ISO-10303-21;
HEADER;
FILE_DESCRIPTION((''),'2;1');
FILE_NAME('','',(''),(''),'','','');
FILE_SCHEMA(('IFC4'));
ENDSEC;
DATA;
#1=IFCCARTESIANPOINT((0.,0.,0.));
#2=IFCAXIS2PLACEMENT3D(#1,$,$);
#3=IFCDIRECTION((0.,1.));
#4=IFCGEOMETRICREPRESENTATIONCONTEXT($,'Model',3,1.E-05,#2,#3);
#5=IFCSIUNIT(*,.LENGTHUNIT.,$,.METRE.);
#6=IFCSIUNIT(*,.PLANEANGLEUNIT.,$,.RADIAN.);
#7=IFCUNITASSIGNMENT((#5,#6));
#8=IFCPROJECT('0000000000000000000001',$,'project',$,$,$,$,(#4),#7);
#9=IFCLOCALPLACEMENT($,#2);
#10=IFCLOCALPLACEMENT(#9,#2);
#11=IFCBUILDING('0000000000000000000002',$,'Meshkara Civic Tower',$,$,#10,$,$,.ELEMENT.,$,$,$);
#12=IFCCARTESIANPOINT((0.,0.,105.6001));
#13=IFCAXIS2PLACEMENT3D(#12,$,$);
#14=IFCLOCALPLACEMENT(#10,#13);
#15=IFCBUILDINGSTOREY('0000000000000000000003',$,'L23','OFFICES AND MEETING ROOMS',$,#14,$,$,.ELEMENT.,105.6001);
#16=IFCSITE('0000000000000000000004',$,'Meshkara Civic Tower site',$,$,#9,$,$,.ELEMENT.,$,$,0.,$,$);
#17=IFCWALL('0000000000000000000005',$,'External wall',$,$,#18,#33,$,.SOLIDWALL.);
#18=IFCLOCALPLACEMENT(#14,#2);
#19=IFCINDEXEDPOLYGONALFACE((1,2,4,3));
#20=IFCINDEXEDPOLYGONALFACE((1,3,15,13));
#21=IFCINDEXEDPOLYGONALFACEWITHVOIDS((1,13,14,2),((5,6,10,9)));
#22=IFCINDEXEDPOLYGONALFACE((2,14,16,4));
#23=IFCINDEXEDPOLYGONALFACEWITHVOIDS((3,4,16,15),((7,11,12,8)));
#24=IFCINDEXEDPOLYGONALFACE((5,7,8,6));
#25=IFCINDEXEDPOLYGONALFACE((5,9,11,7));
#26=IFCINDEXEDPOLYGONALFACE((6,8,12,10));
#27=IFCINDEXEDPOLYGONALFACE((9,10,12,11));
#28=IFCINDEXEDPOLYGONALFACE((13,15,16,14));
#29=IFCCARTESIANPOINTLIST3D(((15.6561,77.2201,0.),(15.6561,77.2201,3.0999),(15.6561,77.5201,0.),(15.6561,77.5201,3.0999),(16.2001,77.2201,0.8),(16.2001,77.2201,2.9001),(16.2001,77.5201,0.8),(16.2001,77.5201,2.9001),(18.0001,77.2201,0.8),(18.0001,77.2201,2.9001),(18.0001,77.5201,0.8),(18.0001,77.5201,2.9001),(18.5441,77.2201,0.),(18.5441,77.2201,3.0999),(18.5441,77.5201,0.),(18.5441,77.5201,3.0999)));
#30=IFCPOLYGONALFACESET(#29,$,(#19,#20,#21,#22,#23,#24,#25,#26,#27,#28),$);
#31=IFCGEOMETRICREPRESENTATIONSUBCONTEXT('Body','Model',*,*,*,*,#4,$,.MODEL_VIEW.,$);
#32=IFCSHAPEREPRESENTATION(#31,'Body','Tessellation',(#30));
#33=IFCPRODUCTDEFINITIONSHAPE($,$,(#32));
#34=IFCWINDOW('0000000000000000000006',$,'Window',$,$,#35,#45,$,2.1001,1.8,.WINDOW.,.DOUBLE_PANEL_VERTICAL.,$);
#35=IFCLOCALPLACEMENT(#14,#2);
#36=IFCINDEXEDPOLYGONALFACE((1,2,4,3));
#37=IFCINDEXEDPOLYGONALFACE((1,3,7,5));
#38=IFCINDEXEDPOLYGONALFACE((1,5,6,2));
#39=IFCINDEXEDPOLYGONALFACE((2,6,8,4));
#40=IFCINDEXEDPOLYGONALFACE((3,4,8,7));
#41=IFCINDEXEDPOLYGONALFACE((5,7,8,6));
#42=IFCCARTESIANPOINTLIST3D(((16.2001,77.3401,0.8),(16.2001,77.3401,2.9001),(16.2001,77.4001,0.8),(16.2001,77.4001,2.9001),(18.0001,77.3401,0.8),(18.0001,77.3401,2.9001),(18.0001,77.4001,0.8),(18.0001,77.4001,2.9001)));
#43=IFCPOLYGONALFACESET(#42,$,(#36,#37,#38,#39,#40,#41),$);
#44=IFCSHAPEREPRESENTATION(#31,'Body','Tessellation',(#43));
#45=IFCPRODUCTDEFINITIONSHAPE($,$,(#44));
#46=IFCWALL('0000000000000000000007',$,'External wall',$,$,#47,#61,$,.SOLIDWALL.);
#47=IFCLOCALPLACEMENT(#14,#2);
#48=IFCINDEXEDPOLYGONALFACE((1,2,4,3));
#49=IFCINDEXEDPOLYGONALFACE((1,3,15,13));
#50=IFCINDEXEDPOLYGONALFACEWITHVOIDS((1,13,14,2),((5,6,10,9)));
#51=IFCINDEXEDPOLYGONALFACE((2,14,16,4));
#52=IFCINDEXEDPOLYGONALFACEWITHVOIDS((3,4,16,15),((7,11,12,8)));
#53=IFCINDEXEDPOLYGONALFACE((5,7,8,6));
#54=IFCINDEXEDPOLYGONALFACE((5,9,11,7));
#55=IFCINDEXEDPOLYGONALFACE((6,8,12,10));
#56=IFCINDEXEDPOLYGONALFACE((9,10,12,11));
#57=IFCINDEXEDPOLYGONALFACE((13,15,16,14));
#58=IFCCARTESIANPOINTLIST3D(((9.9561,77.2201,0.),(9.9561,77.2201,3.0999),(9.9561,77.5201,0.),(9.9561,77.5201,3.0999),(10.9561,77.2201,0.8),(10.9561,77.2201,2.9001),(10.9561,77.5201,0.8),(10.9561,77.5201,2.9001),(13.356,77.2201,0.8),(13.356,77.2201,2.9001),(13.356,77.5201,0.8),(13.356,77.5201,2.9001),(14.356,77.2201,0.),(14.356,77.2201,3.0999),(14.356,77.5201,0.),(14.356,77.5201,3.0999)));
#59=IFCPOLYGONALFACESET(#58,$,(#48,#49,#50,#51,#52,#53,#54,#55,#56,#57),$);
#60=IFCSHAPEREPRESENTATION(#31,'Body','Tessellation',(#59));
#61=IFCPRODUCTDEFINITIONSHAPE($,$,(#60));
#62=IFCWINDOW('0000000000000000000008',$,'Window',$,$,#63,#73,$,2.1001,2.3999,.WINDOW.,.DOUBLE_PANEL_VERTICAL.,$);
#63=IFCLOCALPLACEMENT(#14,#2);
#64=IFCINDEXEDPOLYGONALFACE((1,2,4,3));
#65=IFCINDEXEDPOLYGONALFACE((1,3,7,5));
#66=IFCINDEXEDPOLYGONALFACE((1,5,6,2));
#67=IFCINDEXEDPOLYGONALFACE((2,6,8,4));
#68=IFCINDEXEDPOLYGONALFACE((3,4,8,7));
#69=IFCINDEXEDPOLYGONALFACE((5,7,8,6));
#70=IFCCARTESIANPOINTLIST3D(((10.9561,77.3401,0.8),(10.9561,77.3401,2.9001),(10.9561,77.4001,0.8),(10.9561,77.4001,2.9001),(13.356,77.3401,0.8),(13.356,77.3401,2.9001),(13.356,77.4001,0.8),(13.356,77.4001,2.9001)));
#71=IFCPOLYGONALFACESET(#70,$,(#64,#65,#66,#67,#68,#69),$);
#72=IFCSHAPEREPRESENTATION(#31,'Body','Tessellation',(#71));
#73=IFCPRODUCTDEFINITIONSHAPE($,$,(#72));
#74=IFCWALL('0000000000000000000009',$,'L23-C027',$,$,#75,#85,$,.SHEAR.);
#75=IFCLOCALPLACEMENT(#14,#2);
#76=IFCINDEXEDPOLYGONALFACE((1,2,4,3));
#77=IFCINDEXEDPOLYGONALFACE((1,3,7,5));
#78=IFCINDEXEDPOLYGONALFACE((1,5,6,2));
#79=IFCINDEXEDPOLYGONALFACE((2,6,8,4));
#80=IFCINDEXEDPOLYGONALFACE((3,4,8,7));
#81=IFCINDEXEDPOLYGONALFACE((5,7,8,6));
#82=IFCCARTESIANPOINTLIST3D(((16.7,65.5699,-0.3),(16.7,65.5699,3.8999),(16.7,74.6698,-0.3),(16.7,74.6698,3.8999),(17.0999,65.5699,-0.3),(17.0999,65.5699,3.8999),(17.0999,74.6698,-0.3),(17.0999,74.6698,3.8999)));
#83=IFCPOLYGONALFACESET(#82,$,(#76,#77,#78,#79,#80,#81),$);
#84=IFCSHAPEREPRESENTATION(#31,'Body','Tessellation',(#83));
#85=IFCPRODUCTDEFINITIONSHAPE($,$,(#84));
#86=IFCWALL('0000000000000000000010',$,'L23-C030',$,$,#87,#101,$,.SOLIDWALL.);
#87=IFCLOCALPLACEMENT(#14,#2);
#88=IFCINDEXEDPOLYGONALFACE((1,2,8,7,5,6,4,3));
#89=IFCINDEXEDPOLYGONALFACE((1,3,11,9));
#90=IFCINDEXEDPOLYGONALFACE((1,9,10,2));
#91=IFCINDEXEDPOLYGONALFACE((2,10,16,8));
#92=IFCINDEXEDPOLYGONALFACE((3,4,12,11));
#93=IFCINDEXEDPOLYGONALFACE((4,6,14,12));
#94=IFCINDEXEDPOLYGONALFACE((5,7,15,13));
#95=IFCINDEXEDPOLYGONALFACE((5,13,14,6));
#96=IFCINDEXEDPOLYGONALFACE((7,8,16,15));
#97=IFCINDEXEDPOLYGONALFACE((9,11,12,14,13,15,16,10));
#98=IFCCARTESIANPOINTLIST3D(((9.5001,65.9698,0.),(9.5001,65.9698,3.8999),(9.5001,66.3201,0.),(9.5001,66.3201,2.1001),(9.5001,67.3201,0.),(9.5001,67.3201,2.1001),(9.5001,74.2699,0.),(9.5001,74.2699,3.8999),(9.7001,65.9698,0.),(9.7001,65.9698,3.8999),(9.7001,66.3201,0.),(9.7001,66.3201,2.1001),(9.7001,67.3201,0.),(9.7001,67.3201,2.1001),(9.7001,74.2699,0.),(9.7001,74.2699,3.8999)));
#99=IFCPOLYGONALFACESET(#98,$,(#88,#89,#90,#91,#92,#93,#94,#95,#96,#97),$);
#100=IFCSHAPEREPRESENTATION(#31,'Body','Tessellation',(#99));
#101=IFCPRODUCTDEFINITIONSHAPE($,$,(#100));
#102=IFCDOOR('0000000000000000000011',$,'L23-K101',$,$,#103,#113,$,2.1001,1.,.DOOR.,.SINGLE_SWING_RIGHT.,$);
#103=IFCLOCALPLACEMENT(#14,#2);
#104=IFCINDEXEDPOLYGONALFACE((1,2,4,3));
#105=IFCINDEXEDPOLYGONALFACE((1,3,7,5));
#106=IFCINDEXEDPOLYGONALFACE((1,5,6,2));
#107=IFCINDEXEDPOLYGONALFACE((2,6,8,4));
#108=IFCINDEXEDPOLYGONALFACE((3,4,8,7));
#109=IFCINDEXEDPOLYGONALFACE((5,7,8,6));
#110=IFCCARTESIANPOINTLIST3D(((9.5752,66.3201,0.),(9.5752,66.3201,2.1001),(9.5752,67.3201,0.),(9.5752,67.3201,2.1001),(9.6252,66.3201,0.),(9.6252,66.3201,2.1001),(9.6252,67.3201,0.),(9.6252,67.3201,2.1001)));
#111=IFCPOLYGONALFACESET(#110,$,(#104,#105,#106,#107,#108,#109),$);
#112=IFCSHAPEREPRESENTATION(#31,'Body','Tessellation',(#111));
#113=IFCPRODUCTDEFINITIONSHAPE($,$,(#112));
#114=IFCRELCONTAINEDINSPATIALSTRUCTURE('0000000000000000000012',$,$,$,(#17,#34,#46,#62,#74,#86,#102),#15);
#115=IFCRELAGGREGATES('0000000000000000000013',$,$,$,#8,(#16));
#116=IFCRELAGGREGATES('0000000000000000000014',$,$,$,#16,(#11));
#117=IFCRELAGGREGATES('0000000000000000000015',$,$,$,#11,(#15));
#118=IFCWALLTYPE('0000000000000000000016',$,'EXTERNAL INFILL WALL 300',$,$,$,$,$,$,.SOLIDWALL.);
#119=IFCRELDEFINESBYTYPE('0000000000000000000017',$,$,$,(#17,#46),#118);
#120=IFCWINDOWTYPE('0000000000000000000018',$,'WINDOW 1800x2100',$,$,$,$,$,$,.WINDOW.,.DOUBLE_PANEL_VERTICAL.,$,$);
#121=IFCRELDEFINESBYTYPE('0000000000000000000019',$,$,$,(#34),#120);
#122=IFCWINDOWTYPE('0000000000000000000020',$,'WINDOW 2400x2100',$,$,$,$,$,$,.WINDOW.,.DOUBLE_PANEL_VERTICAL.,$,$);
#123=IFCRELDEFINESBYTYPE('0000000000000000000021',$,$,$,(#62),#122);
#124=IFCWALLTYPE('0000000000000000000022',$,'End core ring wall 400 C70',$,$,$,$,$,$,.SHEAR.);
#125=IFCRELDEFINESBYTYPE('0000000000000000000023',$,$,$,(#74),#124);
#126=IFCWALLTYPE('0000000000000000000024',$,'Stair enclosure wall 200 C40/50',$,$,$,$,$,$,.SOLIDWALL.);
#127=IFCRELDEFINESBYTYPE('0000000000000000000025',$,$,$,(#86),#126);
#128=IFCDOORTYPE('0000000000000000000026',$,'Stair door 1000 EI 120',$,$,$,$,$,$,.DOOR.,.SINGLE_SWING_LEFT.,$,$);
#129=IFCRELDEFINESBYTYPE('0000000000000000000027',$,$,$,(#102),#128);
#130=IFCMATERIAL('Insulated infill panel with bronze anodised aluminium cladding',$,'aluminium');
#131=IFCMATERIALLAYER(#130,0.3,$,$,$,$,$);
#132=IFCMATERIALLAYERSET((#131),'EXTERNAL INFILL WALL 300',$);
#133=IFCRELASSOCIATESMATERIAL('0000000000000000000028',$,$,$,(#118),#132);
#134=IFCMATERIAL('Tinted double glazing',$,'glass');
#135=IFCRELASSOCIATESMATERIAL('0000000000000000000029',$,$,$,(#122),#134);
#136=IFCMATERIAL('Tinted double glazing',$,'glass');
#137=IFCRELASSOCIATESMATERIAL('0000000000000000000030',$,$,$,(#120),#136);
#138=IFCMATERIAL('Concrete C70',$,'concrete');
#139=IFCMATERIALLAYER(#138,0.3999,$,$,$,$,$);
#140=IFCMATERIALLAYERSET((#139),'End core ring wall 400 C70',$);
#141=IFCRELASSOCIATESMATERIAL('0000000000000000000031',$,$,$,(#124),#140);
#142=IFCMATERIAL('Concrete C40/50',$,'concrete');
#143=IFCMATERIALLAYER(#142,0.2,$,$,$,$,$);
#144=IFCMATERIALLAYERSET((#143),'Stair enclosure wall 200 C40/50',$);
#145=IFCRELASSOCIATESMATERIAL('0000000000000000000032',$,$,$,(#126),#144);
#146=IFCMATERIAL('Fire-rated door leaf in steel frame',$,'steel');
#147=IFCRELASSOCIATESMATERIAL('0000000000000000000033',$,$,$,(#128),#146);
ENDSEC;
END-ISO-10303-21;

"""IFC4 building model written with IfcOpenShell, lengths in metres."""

from ifc_helpers import new_model, si_unit, direction, frame, frame_2d, origin, place, context, subcontext, project, spatial, rectangle, extrude, material, layer, layer_set, type_object, element, fill, save


model = new_model("IFC4")

# Units and contexts
model_context = context("Model", 3, precision=1e-05, world=origin(), true_north=direction((0.0, 1.0)))
body_context = subcontext(model_context, "Body", "Model", "MODEL_VIEW")
ifc_project = project(units=[si_unit("LENGTHUNIT", "METRE"), si_unit("PLANEANGLEUNIT", "RADIAN")], contexts=[model_context])

# Site, building, storey
site_placement = place(None, origin())
site = spatial("IfcSite", under=ifc_project, at=site_placement, Name="Meshkara Civic Tower site", CompositionType="ELEMENT", RefElevation=0.0)
building_placement = place(site_placement, origin())
building = spatial("IfcBuilding", under=site, at=building_placement, Name="Meshkara Civic Tower", CompositionType="ELEMENT")
storey_placement = place(building_placement, frame((0.0, 0.0, 105.6001)))
storey = spatial("IfcBuildingStorey", under=building, at=storey_placement, Name="L23", Description="OFFICES AND MEETING ROOMS", CompositionType="ELEMENT", Elevation=105.6001)

# Walls, openings, windows
ifc_material_1 = material(Name="Insulated infill panel with bronze anodised aluminium cladding", Category="aluminium")
ifc_layer_1 = layer(ifc_material_1, 0.3)
ifc_layer_set_1 = layer_set([ifc_layer_1], Name="EXTERNAL INFILL WALL 300")
wall_type_1 = type_object("IfcWallType", Name="EXTERNAL INFILL WALL 300", PredefinedType="SOLIDWALL", material=ifc_layer_set_1)
ifc_material_2 = material(Name="Tinted double glazing", Category="glass")
window_type_1 = type_object("IfcWindowType", Name="WINDOW 2400x2100", PartitioningType="DOUBLE_PANEL_VERTICAL", PredefinedType="WINDOW", material=ifc_material_2)
ifc_material_3 = material(Name="Tinted double glazing", Category="glass")
window_type_2 = type_object("IfcWindowType", Name="WINDOW 1800x2100", PartitioningType="DOUBLE_PANEL_VERTICAL", PredefinedType="WINDOW", material=ifc_material_3)
wall_1_placement = place(storey_placement, frame((18.5439, 77.3701, 0.0), z_axis=(0.0, 0.0, 1.0), x_axis=(-1.0, 0.0, 0.0)))
wall_1 = element("IfcWall", 1, at=wall_1_placement, inside=storey, type_object=wall_type_1, Name="External wall", PredefinedType="SOLIDWALL", context=body_context, shape_type="SweptSolid", body=[
    extrude(rectangle(XDim=2.8879, YDim=0.3, at=frame_2d((1.4438, 0.0))), origin(), (0.0, 0.0, 1.0), 3.0999),
])
opening_1_placement = place(wall_1_placement, frame((0.5439, 0.0, 0.8)))
opening_1 = element("IfcOpeningElement", 2, at=opening_1_placement, cuts=wall_1, PredefinedType="OPENING", context=body_context, shape_type="SweptSolid", body=[
    extrude(rectangle(XDim=1.8, YDim=2.1001, at=frame_2d((0.8999, 1.05))), frame((0.0, 0.1599, 0.0), z_axis=(0.0, -1.0, 0.0), x_axis=(1.0, 0.0, 0.0)), (0.0, 0.0, 1.0), 0.3201),
])
window_1_placement = place(opening_1_placement, origin())
window_1 = element("IfcWindow", 3, at=window_1_placement, inside=storey, type_object=window_type_2, Name="Window", OverallHeight=2.1001, OverallWidth=1.8, PartitioningType="DOUBLE_PANEL_VERTICAL", PredefinedType="WINDOW", context=body_context, shape_type="SweptSolid", body=[
    extrude(rectangle(XDim=1.8, YDim=2.1001, at=frame_2d((0.8999, 1.05))), frame((0.0, 0.03, 0.0), z_axis=(0.0, -1.0, 0.0), x_axis=(1.0, 0.0, 0.0)), (0.0, 0.0, 1.0), 0.0601),
])
fill(opening_1, window_1)
wall_2_placement = place(storey_placement, frame((14.356, 77.3701, 0.0), z_axis=(0.0, 0.0, 1.0), x_axis=(-1.0, 0.0, 0.0)))
wall_2 = element("IfcWall", 4, at=wall_2_placement, inside=storey, type_object=wall_type_1, Name="External wall", PredefinedType="SOLIDWALL", context=body_context, shape_type="SweptSolid", body=[
    extrude(rectangle(XDim=4.3999, YDim=0.3, at=frame_2d((2.2, 0.0))), origin(), (0.0, 0.0, 1.0), 3.0999),
])
opening_2_placement = place(wall_2_placement, frame((1.0, 0.0, 0.8)))
opening_2 = element("IfcOpeningElement", 5, at=opening_2_placement, cuts=wall_2, PredefinedType="OPENING", context=body_context, shape_type="SweptSolid", body=[
    extrude(rectangle(XDim=2.3999, YDim=2.1001, at=frame_2d((1.2, 1.05))), frame((0.0, 0.1599, 0.0), z_axis=(0.0, -1.0, 0.0), x_axis=(1.0, 0.0, 0.0)), (0.0, 0.0, 1.0), 0.3201),
])
window_2_placement = place(opening_2_placement, origin())
window_2 = element("IfcWindow", 6, at=window_2_placement, inside=storey, type_object=window_type_1, Name="Window", OverallHeight=2.1001, OverallWidth=2.3999, PartitioningType="DOUBLE_PANEL_VERTICAL", PredefinedType="WINDOW", context=body_context, shape_type="SweptSolid", body=[
    extrude(rectangle(XDim=2.3999, YDim=2.1001, at=frame_2d((1.2, 1.05))), frame((0.0, 0.03, 0.0), z_axis=(0.0, -1.0, 0.0), x_axis=(1.0, 0.0, 0.0)), (0.0, 0.0, 1.0), 0.0601),
])
fill(opening_2, window_2)

# Wall
ifc_material_4 = material(Name="Concrete C70", Category="concrete")
ifc_layer_2 = layer(ifc_material_4, 0.3999)
ifc_layer_set_2 = layer_set([ifc_layer_2], Name="End core ring wall 400 C70")
wall_type_2 = type_object("IfcWallType", Name="End core ring wall 400 C70", PredefinedType="SHEAR", material=ifc_layer_set_2)
wall_3_placement = place(storey_placement, frame((16.8999, 65.5701, -0.3), z_axis=(0.0, 0.0, 1.0), x_axis=(0.0, 1.0, 0.0)))
element("IfcWall", 7, at=wall_3_placement, inside=storey, type_object=wall_type_2, Name="L23-C027", PredefinedType="SHEAR", context=body_context, shape_type="SweptSolid", body=[
    extrude(rectangle(XDim=9.0999, YDim=0.3999, at=frame_2d((4.5498, 0.0))), origin(), (0.0, 0.0, 1.0), 4.2),
])

# Wall, opening, door
ifc_material_5 = material(Name="Concrete C40/50", Category="concrete")
ifc_layer_3 = layer(ifc_material_5, 0.2)
ifc_layer_set_3 = layer_set([ifc_layer_3], Name="Stair enclosure wall 200 C40/50")
wall_type_3 = type_object("IfcWallType", Name="Stair enclosure wall 200 C40/50", PredefinedType="SOLIDWALL", material=ifc_layer_set_3)
wall_4_placement = place(storey_placement, frame((9.6001, 65.97, 0.0), z_axis=(0.0, 0.0, 1.0), x_axis=(0.0, 1.0, 0.0)))
wall_4 = element("IfcWall", 8, at=wall_4_placement, inside=storey, type_object=wall_type_3, Name="L23-C030", PredefinedType="SOLIDWALL", context=body_context, shape_type="SweptSolid", body=[
    extrude(rectangle(XDim=8.3, YDim=0.2, at=frame_2d((4.1499, 0.0))), origin(), (0.0, 0.0, 1.0), 3.8999),
])
opening_3_placement = place(wall_4_placement, frame((0.3501, 0.0, 0.0)))
opening_3 = element("IfcOpeningElement", 9, at=opening_3_placement, cuts=wall_4, PredefinedType="OPENING", context=body_context, shape_type="SweptSolid", body=[
    extrude(rectangle(XDim=1.0, YDim=2.1001, at=frame_2d((0.5, 1.05))), frame((0.0, 0.1099, 0.0), z_axis=(0.0, -1.0, 0.0), x_axis=(1.0, 0.0, 0.0)), (0.0, 0.0, 1.0), 0.22),
])
ifc_material_6 = material(Name="Fire-rated door leaf in steel frame", Category="steel")
door_type_1 = type_object("IfcDoorType", Name="Stair door 1000 EI 120", OperationType="SINGLE_SWING_LEFT", PredefinedType="DOOR", material=ifc_material_6)
door_1_placement = place(opening_3_placement, origin())
door_1 = element("IfcDoor", 10, at=door_1_placement, inside=storey, type_object=door_type_1, Name="L23-K101", OperationType="SINGLE_SWING_RIGHT", OverallHeight=2.1001, OverallWidth=1.0, PredefinedType="DOOR", context=body_context, shape_type="SweptSolid", body=[
    extrude(rectangle(XDim=1.0, YDim=2.1001, at=frame_2d((0.5, 1.05))), frame((0.0, 0.0249, 0.0), z_axis=(0.0, -1.0, 0.0), x_axis=(1.0, 0.0, 0.0)), (0.0, 0.0, 1.0), 0.05),
])
fill(opening_3, door_1)

save(model, "model.ifc")
